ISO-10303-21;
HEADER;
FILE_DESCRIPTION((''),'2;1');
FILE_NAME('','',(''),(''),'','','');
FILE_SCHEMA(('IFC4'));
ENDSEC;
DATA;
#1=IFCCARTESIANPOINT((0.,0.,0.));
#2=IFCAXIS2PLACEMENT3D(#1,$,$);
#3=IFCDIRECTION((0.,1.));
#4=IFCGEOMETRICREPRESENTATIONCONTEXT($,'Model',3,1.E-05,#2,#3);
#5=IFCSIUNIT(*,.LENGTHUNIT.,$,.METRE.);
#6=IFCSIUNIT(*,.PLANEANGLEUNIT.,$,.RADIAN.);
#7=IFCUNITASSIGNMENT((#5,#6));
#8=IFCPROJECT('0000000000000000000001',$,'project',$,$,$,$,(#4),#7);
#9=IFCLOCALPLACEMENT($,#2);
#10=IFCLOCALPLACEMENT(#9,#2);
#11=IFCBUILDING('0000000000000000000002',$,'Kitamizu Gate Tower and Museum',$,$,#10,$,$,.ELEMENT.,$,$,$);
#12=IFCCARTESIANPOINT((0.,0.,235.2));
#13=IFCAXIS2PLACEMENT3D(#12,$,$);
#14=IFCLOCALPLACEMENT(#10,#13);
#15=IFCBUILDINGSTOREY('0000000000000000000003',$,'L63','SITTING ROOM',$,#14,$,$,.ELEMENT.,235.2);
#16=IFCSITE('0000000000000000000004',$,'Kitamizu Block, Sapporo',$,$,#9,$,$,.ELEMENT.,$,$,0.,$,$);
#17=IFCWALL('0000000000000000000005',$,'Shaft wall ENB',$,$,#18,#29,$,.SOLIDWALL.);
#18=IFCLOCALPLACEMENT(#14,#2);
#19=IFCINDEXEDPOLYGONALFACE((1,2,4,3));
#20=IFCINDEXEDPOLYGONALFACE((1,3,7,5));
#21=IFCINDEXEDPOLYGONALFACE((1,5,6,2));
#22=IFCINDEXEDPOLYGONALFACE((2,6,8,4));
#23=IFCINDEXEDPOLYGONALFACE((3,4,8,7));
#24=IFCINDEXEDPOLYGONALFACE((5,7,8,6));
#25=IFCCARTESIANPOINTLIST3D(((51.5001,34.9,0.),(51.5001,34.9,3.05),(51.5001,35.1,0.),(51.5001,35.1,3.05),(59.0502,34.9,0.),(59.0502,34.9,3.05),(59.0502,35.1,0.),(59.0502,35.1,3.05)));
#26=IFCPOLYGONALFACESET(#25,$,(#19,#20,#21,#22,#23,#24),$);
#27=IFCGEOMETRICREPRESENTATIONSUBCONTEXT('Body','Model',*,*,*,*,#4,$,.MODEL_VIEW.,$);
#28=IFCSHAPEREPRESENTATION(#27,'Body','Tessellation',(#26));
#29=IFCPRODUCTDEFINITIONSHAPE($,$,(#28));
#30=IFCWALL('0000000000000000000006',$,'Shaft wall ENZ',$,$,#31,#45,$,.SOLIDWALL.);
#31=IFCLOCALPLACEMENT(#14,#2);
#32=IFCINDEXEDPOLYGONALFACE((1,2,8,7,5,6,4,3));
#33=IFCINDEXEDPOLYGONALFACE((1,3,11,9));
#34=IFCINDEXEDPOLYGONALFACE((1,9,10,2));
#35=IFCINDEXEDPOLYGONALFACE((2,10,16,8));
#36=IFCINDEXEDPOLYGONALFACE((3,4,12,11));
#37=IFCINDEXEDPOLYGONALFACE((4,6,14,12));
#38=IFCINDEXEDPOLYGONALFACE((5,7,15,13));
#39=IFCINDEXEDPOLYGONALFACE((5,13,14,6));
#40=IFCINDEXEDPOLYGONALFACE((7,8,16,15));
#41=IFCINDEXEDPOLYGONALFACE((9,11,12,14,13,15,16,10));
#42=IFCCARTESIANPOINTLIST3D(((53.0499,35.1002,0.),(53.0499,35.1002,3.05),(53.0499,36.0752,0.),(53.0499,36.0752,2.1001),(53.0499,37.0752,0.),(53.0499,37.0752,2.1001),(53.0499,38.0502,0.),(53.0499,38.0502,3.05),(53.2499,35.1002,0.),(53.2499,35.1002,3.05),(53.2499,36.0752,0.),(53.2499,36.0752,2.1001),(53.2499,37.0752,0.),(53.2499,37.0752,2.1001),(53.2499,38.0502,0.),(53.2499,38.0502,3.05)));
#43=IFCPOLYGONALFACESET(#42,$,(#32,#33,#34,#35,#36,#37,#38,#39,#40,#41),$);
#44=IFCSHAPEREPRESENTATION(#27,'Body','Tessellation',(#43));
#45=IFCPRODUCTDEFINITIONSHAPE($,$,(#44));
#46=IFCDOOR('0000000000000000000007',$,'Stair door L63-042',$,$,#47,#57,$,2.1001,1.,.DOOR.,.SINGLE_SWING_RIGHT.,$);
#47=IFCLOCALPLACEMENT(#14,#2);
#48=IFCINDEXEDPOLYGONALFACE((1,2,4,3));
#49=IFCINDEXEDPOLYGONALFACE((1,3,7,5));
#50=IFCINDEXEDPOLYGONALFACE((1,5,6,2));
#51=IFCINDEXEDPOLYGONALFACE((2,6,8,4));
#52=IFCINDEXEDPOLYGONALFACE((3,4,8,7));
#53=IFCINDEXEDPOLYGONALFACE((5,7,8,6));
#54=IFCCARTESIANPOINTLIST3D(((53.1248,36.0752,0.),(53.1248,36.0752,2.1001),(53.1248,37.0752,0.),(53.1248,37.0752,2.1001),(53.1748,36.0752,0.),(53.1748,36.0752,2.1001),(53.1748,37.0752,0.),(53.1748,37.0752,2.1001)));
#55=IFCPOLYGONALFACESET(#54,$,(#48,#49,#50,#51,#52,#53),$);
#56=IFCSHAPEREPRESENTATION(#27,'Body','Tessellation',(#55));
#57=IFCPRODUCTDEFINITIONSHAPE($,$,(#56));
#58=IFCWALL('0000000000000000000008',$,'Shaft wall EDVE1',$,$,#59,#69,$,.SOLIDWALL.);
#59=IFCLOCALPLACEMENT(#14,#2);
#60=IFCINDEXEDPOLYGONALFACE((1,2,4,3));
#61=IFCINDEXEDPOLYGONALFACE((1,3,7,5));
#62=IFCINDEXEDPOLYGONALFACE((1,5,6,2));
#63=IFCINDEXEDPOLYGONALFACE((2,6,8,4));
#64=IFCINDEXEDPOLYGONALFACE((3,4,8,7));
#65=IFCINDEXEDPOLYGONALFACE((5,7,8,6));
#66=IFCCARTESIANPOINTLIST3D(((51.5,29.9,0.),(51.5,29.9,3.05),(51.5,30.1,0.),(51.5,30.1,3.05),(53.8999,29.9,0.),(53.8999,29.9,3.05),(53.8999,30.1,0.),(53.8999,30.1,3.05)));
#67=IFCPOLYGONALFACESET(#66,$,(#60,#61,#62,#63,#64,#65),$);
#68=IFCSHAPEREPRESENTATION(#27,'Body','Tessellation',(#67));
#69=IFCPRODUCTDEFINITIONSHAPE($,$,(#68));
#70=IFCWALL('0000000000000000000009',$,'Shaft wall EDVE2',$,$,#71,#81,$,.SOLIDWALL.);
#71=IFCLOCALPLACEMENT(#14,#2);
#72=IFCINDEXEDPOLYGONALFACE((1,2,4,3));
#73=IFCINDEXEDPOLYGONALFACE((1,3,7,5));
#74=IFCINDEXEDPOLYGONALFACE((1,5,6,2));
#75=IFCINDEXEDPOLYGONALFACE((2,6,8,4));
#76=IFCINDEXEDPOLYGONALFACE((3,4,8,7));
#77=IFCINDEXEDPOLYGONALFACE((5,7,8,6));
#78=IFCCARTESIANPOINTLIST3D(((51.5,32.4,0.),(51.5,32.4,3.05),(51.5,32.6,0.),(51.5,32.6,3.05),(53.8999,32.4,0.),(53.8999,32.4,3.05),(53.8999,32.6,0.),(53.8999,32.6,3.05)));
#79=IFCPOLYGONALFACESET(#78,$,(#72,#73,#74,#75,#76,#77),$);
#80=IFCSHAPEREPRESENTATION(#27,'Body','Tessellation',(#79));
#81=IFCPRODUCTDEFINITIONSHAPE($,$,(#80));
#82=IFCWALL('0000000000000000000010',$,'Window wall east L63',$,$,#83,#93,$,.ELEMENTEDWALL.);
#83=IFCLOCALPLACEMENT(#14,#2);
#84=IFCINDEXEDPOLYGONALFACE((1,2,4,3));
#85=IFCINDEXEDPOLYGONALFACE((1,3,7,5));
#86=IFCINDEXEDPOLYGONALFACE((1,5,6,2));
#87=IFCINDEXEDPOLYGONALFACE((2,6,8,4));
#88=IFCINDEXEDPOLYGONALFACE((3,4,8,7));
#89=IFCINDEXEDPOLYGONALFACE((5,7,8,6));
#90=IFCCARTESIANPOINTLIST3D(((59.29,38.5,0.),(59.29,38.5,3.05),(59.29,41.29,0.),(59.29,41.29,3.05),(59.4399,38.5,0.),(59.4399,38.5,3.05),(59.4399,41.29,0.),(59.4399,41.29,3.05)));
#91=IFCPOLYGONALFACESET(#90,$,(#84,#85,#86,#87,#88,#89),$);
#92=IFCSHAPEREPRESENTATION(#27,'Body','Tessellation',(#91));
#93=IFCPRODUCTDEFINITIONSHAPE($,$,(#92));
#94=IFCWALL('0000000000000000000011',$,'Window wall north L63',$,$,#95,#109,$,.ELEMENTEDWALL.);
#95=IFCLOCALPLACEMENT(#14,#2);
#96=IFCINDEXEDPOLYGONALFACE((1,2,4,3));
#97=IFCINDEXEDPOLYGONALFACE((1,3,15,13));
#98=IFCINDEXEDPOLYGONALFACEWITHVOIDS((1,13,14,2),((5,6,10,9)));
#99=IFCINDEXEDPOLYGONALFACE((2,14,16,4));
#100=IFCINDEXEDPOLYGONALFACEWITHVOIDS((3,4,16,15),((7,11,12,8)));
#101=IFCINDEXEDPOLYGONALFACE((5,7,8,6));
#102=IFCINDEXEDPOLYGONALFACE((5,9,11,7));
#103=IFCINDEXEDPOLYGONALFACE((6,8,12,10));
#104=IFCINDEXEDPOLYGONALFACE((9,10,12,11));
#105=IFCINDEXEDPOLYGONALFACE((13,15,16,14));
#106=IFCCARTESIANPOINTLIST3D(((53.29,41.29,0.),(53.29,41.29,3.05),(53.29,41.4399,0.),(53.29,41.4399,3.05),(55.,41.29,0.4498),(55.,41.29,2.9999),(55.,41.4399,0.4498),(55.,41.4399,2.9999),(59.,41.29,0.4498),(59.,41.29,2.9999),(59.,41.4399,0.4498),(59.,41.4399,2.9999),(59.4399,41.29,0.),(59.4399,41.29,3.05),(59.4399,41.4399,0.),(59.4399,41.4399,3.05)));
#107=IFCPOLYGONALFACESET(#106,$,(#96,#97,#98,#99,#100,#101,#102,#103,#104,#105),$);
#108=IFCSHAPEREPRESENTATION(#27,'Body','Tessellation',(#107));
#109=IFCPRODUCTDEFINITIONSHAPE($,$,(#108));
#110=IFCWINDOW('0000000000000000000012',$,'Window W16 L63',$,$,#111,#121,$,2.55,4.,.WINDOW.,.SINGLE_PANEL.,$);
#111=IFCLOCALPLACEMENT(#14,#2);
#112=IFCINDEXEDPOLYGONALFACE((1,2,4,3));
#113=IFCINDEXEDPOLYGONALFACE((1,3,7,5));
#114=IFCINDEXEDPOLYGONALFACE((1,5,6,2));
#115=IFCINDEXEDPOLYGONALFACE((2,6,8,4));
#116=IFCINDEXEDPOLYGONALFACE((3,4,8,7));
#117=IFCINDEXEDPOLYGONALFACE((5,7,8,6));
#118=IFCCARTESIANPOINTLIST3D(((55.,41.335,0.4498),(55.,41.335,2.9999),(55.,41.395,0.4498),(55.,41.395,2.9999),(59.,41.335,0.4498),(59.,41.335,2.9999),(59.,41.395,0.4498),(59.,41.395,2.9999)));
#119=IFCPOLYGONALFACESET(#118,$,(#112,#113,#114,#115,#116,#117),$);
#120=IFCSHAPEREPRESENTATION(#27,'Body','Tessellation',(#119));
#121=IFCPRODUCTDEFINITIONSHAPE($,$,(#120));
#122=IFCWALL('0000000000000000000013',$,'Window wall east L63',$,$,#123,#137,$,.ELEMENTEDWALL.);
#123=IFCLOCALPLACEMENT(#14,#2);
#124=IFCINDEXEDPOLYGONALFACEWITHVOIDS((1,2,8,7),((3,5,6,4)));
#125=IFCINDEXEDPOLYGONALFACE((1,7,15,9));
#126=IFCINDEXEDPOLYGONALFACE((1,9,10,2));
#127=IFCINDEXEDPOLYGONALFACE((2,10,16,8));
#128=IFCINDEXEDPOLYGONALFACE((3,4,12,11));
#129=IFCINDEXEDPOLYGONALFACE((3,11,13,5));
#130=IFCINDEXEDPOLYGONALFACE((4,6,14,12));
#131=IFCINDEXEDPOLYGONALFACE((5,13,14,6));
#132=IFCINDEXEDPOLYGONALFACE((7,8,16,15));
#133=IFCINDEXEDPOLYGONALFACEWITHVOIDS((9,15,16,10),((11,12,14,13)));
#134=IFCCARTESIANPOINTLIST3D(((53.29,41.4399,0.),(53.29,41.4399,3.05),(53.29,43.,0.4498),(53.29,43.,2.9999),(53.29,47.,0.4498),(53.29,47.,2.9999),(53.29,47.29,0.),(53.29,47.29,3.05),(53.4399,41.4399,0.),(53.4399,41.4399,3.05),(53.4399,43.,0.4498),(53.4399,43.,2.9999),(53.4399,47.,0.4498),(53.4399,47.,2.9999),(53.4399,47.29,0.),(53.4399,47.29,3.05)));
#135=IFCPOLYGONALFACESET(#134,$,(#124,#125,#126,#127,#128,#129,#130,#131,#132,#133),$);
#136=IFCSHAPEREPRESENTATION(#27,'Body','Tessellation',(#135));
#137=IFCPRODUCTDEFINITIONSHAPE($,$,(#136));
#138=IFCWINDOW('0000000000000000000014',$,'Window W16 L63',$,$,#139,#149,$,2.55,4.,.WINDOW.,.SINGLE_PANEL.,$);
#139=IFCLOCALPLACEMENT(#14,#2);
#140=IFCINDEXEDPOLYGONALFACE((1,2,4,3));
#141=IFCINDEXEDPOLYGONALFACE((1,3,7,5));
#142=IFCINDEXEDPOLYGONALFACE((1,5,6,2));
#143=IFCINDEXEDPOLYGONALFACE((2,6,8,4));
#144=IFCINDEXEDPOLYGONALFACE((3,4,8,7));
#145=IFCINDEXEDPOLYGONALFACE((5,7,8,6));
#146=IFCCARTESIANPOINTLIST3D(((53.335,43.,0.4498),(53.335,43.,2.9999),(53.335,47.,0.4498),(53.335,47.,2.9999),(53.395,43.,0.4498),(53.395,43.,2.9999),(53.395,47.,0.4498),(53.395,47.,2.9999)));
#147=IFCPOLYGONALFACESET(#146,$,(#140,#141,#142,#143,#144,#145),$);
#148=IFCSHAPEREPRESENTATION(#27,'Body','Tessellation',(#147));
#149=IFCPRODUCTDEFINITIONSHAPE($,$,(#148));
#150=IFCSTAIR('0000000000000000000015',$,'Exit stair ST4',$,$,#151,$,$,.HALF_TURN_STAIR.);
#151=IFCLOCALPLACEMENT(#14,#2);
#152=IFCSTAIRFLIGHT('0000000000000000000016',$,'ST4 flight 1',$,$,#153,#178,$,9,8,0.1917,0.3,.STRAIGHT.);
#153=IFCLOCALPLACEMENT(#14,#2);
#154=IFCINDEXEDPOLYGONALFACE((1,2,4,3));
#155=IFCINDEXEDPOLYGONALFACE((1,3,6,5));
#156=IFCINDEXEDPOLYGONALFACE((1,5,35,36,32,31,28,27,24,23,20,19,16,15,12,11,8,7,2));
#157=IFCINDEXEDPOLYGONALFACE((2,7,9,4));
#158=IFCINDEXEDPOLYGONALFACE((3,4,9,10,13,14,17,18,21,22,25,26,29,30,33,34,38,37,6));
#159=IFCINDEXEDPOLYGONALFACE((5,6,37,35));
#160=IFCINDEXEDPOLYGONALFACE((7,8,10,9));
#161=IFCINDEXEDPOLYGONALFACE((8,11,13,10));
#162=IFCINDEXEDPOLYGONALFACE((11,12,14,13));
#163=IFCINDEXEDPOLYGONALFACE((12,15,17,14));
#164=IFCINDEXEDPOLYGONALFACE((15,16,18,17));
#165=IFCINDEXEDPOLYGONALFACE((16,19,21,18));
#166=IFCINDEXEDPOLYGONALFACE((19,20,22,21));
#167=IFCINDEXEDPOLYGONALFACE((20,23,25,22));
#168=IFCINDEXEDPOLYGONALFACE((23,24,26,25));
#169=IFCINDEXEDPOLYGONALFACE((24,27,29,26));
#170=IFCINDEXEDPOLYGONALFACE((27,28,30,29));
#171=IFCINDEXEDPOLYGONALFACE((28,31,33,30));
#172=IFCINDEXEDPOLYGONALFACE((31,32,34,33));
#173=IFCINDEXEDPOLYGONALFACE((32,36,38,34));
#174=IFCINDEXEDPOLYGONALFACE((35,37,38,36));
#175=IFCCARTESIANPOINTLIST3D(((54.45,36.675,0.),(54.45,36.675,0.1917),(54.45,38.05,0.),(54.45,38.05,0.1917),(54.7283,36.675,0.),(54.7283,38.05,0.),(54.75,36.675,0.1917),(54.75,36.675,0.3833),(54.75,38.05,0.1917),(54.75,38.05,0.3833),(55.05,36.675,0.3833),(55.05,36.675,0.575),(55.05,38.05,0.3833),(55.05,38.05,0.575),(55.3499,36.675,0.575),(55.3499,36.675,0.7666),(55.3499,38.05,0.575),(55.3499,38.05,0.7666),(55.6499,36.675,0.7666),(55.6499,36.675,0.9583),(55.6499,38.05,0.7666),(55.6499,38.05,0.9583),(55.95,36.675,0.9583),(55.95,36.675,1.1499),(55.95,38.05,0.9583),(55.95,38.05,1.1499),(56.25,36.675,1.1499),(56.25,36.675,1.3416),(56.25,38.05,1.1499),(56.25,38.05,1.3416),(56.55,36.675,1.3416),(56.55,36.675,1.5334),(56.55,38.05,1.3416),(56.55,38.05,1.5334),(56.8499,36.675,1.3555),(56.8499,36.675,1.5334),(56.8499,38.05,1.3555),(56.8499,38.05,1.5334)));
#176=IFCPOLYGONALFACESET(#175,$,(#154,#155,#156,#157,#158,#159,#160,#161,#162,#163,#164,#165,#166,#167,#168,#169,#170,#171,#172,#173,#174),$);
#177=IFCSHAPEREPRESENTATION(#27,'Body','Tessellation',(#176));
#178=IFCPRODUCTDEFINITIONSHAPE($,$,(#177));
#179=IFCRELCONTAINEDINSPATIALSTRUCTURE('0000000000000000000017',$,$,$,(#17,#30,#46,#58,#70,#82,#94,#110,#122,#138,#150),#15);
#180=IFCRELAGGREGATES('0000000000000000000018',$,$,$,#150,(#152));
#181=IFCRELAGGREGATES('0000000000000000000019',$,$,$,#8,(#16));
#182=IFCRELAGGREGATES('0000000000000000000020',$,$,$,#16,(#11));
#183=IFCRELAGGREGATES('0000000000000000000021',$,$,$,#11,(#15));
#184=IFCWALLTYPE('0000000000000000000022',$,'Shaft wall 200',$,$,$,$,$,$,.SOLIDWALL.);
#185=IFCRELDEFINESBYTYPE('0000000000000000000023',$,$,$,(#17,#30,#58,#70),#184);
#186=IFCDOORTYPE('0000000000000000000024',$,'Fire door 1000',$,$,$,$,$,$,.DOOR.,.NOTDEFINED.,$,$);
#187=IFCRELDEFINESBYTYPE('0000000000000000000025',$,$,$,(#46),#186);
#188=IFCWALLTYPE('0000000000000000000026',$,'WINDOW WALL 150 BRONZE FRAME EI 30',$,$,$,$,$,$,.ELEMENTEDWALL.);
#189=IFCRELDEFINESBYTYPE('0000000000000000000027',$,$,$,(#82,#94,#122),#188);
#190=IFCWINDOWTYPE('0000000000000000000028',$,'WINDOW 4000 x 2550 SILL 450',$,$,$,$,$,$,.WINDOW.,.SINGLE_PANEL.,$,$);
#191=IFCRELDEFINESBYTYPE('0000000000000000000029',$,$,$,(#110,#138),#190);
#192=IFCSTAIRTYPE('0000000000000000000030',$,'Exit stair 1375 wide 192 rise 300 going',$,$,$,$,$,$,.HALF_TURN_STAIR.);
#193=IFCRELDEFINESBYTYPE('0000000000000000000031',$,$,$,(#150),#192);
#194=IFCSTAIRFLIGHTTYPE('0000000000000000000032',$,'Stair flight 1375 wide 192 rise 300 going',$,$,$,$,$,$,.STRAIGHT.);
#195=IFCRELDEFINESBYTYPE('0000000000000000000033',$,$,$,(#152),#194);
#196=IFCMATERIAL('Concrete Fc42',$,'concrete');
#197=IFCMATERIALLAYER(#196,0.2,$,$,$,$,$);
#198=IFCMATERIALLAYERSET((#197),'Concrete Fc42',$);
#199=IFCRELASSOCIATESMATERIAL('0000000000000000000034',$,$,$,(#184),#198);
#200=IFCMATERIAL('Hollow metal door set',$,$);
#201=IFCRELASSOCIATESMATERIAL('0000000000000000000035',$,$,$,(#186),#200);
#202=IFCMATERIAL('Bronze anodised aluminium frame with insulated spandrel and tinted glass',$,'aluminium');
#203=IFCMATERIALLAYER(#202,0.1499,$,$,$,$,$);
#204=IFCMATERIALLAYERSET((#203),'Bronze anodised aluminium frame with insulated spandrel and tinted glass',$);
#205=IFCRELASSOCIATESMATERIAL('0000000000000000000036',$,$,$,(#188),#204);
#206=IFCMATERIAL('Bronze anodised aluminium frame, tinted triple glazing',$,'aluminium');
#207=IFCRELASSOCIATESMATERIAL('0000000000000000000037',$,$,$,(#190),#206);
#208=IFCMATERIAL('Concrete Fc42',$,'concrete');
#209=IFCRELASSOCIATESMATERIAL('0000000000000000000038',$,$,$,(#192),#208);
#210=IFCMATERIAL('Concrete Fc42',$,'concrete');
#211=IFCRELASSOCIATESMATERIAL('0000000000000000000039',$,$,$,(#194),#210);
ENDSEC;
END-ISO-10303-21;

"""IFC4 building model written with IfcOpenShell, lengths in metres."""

from ifc_helpers import new_model, si_unit, direction, frame, frame_2d, origin, place, context, subcontext, project, spatial, polyline, rectangle, outline, extrude, material, layer, layer_set, type_object, element, fill, aggregate, save


model = new_model("IFC4")

# Units and contexts
model_context = context("Model", 3, precision=1e-05, world=origin(), true_north=direction((0.0, 1.0)))
body_context = subcontext(model_context, "Body", "Model", "MODEL_VIEW")
ifc_project = project(units=[si_unit("LENGTHUNIT", "METRE"), si_unit("PLANEANGLEUNIT", "RADIAN")], contexts=[model_context])

# Site, building, storey
site_placement = place(None, origin())
site = spatial("IfcSite", under=ifc_project, at=site_placement, Name="Kitamizu Block, Sapporo", CompositionType="ELEMENT", RefElevation=0.0)
building_placement = place(site_placement, origin())
building = spatial("IfcBuilding", under=site, at=building_placement, Name="Kitamizu Gate Tower and Museum", CompositionType="ELEMENT")
storey_placement = place(building_placement, frame((0.0, 0.0, 235.2)))
storey = spatial("IfcBuildingStorey", under=building, at=storey_placement, Name="L63", Description="SITTING ROOM", CompositionType="ELEMENT", Elevation=235.2)

# Wall
ifc_material_1 = material(Name="Concrete Fc42", Category="concrete")
ifc_layer_1 = layer(ifc_material_1, 0.2)
ifc_layer_set_1 = layer_set([ifc_layer_1], Name="Concrete Fc42")
wall_type_1 = type_object("IfcWallType", Name="Shaft wall 200", PredefinedType="SOLIDWALL", material=ifc_layer_set_1)
wall_1_placement = place(storey_placement, frame((59.05, 35.0, 0.0), z_axis=(0.0, 0.0, 1.0), x_axis=(-1.0, 0.0, 0.0)))
element("IfcWall", 1, at=wall_1_placement, inside=storey, type_object=wall_type_1, Name="Shaft wall ENB", PredefinedType="SOLIDWALL", context=body_context, shape_type="SweptSolid", body=[
    extrude(rectangle(XDim=7.55, YDim=0.2, at=frame_2d((3.7749, 0.0))), origin(), (0.0, 0.0, 1.0), 3.05),
])

# Wall, opening, door
wall_2_placement = place(storey_placement, frame((53.1499, 35.1001, 0.0), z_axis=(0.0, 0.0, 1.0), x_axis=(0.0, 1.0, 0.0)))
wall_2 = element("IfcWall", 2, at=wall_2_placement, inside=storey, type_object=wall_type_1, Name="Shaft wall ENZ", PredefinedType="SOLIDWALL", context=body_context, shape_type="SweptSolid", body=[
    extrude(rectangle(XDim=2.95, YDim=0.2, at=frame_2d((1.4751, 0.0))), origin(), (0.0, 0.0, 1.0), 3.05),
])
opening_1_placement = place(wall_2_placement, frame((0.9751, 0.0, 0.0)))
opening_1 = element("IfcOpeningElement", 3, at=opening_1_placement, cuts=wall_2, PredefinedType="OPENING", context=body_context, shape_type="SweptSolid", body=[
    extrude(rectangle(XDim=1.0, YDim=2.1001, at=frame_2d((0.5, 1.05))), frame((0.0, 0.1099, 0.0), z_axis=(0.0, -1.0, 0.0), x_axis=(1.0, 0.0, 0.0)), (0.0, 0.0, 1.0), 0.22),
])
ifc_material_2 = material(Name="Hollow metal door set")
door_type_1 = type_object("IfcDoorType", Name="Fire door 1000", OperationType="NOTDEFINED", PredefinedType="DOOR", material=ifc_material_2)
door_1_placement = place(opening_1_placement, frame((1.0, 0.0, 0.0), x_axis=(-1.0, 0.0, 0.0)))
door_1 = element("IfcDoor", 4, at=door_1_placement, inside=storey, type_object=door_type_1, Name="Stair door L63-042", OperationType="SINGLE_SWING_RIGHT", OverallHeight=2.1001, OverallWidth=1.0, PredefinedType="DOOR", context=body_context, shape_type="SweptSolid", body=[
    extrude(rectangle(XDim=1.0, YDim=2.1001, at=frame_2d((0.5, 1.05))), frame((0.0, 0.0249, 0.0), z_axis=(0.0, -1.0, 0.0), x_axis=(1.0, 0.0, 0.0)), (0.0, 0.0, 1.0), 0.05),
])
fill(opening_1, door_1)

# Walls
for number, where, z_axis, x_axis, name in (
    (5, (53.8999, 30.0, 0.0), (0.0, 0.0, 1.0), (-1.0, 0.0, 0.0), "Shaft wall EDVE1"),
    (6, (53.8999, 32.5, 0.0), (0.0, 0.0, 1.0), (-1.0, 0.0, 0.0), "Shaft wall EDVE2"),
):
    element("IfcWall", number, at=place(storey_placement, frame(where, z_axis=z_axis, x_axis=x_axis)), inside=storey, type_object=wall_type_1, Name=name, PredefinedType="SOLIDWALL", context=body_context, shape_type="SweptSolid", body=[
        extrude(rectangle(XDim=2.3999, YDim=0.2, at=frame_2d((1.2, 0.0))), origin(), (0.0, 0.0, 1.0), 3.05),
    ])
ifc_material_3 = material(Name="Bronze anodised aluminium frame with insulated spandrel and tinted glass", Category="aluminium")
ifc_layer_2 = layer(ifc_material_3, 0.1499)
ifc_layer_set_2 = layer_set([ifc_layer_2], Name="Bronze anodised aluminium frame with insulated spandrel and tinted glass")
wall_type_2 = type_object("IfcWallType", Name="WINDOW WALL 150 BRONZE FRAME EI 30", PredefinedType="ELEMENTEDWALL", material=ifc_layer_set_2)
wall_3_placement = place(storey_placement, frame((59.365, 38.5, 0.0), z_axis=(0.0, 0.0, 1.0), x_axis=(0.0, 1.0, 0.0)))
element("IfcWall", 7, at=wall_3_placement, inside=storey, type_object=wall_type_2, Name="Window wall east L63", PredefinedType="ELEMENTEDWALL", context=body_context, shape_type="SweptSolid", body=[
    extrude(rectangle(XDim=2.79, YDim=0.1499, at=frame_2d((1.395, 0.0))), origin(), (0.0, 0.0, 1.0), 3.05),
])

# Walls, openings, windows
wall_4_placement = place(storey_placement, frame((53.29, 41.365, 0.0), z_axis=(0.0, 0.0, 1.0), x_axis=(1.0, 0.0, 0.0)))
wall_4 = element("IfcWall", 8, at=wall_4_placement, inside=storey, type_object=wall_type_2, Name="Window wall north L63", PredefinedType="ELEMENTEDWALL", context=body_context, shape_type="SweptSolid", body=[
    extrude(rectangle(XDim=6.1499, YDim=0.1499, at=frame_2d((3.075, 0.0))), origin(), (0.0, 0.0, 1.0), 3.05),
])
opening_2_placement = place(wall_4_placement, frame((1.71, 0.0, 0.45)))
opening_2 = element("IfcOpeningElement", 9, at=opening_2_placement, cuts=wall_4, PredefinedType="OPENING", context=body_context, shape_type="SweptSolid", body=[
    extrude(rectangle(XDim=4.0, YDim=2.55, at=frame_2d((2.0, 1.2749))), frame((0.0, 0.085, 0.0), z_axis=(0.0, -1.0, 0.0), x_axis=(1.0, 0.0, 0.0)), (0.0, 0.0, 1.0), 0.1699),
])
ifc_material_4 = material(Name="Bronze anodised aluminium frame, tinted triple glazing", Category="aluminium")
window_type = type_object("IfcWindowType", Name="WINDOW 4000 x 2550 SILL 450", PartitioningType="SINGLE_PANEL", PredefinedType="WINDOW", material=ifc_material_4)
window_1_placement = place(opening_2_placement, origin())
window_1 = element("IfcWindow", 10, at=window_1_placement, inside=storey, type_object=window_type, Name="Window W16 L63", OverallHeight=2.55, OverallWidth=4.0, PartitioningType="SINGLE_PANEL", PredefinedType="WINDOW", context=body_context, shape_type="SweptSolid", body=[
    extrude(rectangle(XDim=4.0, YDim=2.55, at=frame_2d((2.0, 1.2749))), frame((0.0, 0.03, 0.0), z_axis=(0.0, -1.0, 0.0), x_axis=(1.0, 0.0, 0.0)), (0.0, 0.0, 1.0), 0.0601),
])
fill(opening_2, window_1)
wall_5_placement = place(storey_placement, frame((53.365, 41.4399, 0.0), z_axis=(0.0, 0.0, 1.0), x_axis=(0.0, 1.0, 0.0)))
wall_5 = element("IfcWall", 11, at=wall_5_placement, inside=storey, type_object=wall_type_2, Name="Window wall east L63", PredefinedType="ELEMENTEDWALL", context=body_context, shape_type="SweptSolid", body=[
    extrude(rectangle(XDim=5.8501, YDim=0.1499, at=frame_2d((2.925, 0.0))), origin(), (0.0, 0.0, 1.0), 3.05),
])
opening_3_placement = place(wall_5_placement, frame((1.5601, 0.0, 0.45)))
opening_3 = element("IfcOpeningElement", 12, at=opening_3_placement, cuts=wall_5, PredefinedType="OPENING", context=body_context, shape_type="SweptSolid", body=[
    extrude(rectangle(XDim=4.0, YDim=2.55, at=frame_2d((2.0, 1.2749))), frame((0.0, 0.085, 0.0), z_axis=(0.0, -1.0, 0.0), x_axis=(1.0, 0.0, 0.0)), (0.0, 0.0, 1.0), 0.1699),
])
window_2_placement = place(opening_3_placement, origin())
window_2 = element("IfcWindow", 13, at=window_2_placement, inside=storey, type_object=window_type, Name="Window W16 L63", OverallHeight=2.55, OverallWidth=4.0, PartitioningType="SINGLE_PANEL", PredefinedType="WINDOW", context=body_context, shape_type="SweptSolid", body=[
    extrude(rectangle(XDim=4.0, YDim=2.55, at=frame_2d((2.0, 1.2749))), frame((0.0, 0.03, 0.0), z_axis=(0.0, -1.0, 0.0), x_axis=(1.0, 0.0, 0.0)), (0.0, 0.0, 1.0), 0.0601),
])
fill(opening_3, window_2)

# Stair, stair flight
ifc_material_5 = material(Name="Concrete Fc42", Category="concrete")
stair_type = type_object("IfcStairType", Name="Exit stair 1375 wide 192 rise 300 going", PredefinedType="HALF_TURN_STAIR", material=ifc_material_5)
stair_placement = place(storey_placement, origin())
stair = element("IfcStair", 14, at=stair_placement, inside=storey, type_object=stair_type, Name="Exit stair ST4", PredefinedType="HALF_TURN_STAIR")
ifc_material_6 = material(Name="Concrete Fc42", Category="concrete")
stair_flight_type = type_object("IfcStairFlightType", Name="Stair flight 1375 wide 192 rise 300 going", PredefinedType="STRAIGHT", material=ifc_material_6)
stair_flight_1_placement = place(storey_placement, frame((54.45, 37.3625, 0.0), z_axis=(0.0, 0.0, 1.0), x_axis=(1.0, 0.0, 0.0)))
stair_flight_1 = element("IfcStairFlight", 15, at=stair_flight_1_placement, type_object=stair_flight_type, Name="ST4 flight 1", NumberOfRisers=9, NumberOfTreads=8, PredefinedType="STRAIGHT", RiserHeight=0.1917, TreadLength=0.3, context=body_context, shape_type="SweptSolid", body=[
    extrude(outline(polyline([(0.0, 0.0), (0.0, 0.1917), (0.3, 0.1917), (0.3, 0.3833), (0.6001, 0.3833), (0.6001, 0.575), (0.8999, 0.575), (0.8999, 0.7666), (1.2, 0.7666), (1.2, 0.9583), (1.5, 0.9583), (1.5, 1.1499), (1.8, 1.1499), (1.8, 1.3416), (2.1001, 1.3416), (2.1001, 1.5334), (2.3999, 1.5334), (2.3999, 1.7251), (2.3999, 1.3555), (0.2783, 0.0), (0.0, 0.0)])), frame((0.0, 0.6875, 0.0), z_axis=(0.0, -1.0, 0.0), x_axis=(1.0, 0.0, 0.0)), (0.0, 0.0, 1.0), 1.375),
])
aggregate(stair, [stair_flight_1])

save(model, "model.ifc")
